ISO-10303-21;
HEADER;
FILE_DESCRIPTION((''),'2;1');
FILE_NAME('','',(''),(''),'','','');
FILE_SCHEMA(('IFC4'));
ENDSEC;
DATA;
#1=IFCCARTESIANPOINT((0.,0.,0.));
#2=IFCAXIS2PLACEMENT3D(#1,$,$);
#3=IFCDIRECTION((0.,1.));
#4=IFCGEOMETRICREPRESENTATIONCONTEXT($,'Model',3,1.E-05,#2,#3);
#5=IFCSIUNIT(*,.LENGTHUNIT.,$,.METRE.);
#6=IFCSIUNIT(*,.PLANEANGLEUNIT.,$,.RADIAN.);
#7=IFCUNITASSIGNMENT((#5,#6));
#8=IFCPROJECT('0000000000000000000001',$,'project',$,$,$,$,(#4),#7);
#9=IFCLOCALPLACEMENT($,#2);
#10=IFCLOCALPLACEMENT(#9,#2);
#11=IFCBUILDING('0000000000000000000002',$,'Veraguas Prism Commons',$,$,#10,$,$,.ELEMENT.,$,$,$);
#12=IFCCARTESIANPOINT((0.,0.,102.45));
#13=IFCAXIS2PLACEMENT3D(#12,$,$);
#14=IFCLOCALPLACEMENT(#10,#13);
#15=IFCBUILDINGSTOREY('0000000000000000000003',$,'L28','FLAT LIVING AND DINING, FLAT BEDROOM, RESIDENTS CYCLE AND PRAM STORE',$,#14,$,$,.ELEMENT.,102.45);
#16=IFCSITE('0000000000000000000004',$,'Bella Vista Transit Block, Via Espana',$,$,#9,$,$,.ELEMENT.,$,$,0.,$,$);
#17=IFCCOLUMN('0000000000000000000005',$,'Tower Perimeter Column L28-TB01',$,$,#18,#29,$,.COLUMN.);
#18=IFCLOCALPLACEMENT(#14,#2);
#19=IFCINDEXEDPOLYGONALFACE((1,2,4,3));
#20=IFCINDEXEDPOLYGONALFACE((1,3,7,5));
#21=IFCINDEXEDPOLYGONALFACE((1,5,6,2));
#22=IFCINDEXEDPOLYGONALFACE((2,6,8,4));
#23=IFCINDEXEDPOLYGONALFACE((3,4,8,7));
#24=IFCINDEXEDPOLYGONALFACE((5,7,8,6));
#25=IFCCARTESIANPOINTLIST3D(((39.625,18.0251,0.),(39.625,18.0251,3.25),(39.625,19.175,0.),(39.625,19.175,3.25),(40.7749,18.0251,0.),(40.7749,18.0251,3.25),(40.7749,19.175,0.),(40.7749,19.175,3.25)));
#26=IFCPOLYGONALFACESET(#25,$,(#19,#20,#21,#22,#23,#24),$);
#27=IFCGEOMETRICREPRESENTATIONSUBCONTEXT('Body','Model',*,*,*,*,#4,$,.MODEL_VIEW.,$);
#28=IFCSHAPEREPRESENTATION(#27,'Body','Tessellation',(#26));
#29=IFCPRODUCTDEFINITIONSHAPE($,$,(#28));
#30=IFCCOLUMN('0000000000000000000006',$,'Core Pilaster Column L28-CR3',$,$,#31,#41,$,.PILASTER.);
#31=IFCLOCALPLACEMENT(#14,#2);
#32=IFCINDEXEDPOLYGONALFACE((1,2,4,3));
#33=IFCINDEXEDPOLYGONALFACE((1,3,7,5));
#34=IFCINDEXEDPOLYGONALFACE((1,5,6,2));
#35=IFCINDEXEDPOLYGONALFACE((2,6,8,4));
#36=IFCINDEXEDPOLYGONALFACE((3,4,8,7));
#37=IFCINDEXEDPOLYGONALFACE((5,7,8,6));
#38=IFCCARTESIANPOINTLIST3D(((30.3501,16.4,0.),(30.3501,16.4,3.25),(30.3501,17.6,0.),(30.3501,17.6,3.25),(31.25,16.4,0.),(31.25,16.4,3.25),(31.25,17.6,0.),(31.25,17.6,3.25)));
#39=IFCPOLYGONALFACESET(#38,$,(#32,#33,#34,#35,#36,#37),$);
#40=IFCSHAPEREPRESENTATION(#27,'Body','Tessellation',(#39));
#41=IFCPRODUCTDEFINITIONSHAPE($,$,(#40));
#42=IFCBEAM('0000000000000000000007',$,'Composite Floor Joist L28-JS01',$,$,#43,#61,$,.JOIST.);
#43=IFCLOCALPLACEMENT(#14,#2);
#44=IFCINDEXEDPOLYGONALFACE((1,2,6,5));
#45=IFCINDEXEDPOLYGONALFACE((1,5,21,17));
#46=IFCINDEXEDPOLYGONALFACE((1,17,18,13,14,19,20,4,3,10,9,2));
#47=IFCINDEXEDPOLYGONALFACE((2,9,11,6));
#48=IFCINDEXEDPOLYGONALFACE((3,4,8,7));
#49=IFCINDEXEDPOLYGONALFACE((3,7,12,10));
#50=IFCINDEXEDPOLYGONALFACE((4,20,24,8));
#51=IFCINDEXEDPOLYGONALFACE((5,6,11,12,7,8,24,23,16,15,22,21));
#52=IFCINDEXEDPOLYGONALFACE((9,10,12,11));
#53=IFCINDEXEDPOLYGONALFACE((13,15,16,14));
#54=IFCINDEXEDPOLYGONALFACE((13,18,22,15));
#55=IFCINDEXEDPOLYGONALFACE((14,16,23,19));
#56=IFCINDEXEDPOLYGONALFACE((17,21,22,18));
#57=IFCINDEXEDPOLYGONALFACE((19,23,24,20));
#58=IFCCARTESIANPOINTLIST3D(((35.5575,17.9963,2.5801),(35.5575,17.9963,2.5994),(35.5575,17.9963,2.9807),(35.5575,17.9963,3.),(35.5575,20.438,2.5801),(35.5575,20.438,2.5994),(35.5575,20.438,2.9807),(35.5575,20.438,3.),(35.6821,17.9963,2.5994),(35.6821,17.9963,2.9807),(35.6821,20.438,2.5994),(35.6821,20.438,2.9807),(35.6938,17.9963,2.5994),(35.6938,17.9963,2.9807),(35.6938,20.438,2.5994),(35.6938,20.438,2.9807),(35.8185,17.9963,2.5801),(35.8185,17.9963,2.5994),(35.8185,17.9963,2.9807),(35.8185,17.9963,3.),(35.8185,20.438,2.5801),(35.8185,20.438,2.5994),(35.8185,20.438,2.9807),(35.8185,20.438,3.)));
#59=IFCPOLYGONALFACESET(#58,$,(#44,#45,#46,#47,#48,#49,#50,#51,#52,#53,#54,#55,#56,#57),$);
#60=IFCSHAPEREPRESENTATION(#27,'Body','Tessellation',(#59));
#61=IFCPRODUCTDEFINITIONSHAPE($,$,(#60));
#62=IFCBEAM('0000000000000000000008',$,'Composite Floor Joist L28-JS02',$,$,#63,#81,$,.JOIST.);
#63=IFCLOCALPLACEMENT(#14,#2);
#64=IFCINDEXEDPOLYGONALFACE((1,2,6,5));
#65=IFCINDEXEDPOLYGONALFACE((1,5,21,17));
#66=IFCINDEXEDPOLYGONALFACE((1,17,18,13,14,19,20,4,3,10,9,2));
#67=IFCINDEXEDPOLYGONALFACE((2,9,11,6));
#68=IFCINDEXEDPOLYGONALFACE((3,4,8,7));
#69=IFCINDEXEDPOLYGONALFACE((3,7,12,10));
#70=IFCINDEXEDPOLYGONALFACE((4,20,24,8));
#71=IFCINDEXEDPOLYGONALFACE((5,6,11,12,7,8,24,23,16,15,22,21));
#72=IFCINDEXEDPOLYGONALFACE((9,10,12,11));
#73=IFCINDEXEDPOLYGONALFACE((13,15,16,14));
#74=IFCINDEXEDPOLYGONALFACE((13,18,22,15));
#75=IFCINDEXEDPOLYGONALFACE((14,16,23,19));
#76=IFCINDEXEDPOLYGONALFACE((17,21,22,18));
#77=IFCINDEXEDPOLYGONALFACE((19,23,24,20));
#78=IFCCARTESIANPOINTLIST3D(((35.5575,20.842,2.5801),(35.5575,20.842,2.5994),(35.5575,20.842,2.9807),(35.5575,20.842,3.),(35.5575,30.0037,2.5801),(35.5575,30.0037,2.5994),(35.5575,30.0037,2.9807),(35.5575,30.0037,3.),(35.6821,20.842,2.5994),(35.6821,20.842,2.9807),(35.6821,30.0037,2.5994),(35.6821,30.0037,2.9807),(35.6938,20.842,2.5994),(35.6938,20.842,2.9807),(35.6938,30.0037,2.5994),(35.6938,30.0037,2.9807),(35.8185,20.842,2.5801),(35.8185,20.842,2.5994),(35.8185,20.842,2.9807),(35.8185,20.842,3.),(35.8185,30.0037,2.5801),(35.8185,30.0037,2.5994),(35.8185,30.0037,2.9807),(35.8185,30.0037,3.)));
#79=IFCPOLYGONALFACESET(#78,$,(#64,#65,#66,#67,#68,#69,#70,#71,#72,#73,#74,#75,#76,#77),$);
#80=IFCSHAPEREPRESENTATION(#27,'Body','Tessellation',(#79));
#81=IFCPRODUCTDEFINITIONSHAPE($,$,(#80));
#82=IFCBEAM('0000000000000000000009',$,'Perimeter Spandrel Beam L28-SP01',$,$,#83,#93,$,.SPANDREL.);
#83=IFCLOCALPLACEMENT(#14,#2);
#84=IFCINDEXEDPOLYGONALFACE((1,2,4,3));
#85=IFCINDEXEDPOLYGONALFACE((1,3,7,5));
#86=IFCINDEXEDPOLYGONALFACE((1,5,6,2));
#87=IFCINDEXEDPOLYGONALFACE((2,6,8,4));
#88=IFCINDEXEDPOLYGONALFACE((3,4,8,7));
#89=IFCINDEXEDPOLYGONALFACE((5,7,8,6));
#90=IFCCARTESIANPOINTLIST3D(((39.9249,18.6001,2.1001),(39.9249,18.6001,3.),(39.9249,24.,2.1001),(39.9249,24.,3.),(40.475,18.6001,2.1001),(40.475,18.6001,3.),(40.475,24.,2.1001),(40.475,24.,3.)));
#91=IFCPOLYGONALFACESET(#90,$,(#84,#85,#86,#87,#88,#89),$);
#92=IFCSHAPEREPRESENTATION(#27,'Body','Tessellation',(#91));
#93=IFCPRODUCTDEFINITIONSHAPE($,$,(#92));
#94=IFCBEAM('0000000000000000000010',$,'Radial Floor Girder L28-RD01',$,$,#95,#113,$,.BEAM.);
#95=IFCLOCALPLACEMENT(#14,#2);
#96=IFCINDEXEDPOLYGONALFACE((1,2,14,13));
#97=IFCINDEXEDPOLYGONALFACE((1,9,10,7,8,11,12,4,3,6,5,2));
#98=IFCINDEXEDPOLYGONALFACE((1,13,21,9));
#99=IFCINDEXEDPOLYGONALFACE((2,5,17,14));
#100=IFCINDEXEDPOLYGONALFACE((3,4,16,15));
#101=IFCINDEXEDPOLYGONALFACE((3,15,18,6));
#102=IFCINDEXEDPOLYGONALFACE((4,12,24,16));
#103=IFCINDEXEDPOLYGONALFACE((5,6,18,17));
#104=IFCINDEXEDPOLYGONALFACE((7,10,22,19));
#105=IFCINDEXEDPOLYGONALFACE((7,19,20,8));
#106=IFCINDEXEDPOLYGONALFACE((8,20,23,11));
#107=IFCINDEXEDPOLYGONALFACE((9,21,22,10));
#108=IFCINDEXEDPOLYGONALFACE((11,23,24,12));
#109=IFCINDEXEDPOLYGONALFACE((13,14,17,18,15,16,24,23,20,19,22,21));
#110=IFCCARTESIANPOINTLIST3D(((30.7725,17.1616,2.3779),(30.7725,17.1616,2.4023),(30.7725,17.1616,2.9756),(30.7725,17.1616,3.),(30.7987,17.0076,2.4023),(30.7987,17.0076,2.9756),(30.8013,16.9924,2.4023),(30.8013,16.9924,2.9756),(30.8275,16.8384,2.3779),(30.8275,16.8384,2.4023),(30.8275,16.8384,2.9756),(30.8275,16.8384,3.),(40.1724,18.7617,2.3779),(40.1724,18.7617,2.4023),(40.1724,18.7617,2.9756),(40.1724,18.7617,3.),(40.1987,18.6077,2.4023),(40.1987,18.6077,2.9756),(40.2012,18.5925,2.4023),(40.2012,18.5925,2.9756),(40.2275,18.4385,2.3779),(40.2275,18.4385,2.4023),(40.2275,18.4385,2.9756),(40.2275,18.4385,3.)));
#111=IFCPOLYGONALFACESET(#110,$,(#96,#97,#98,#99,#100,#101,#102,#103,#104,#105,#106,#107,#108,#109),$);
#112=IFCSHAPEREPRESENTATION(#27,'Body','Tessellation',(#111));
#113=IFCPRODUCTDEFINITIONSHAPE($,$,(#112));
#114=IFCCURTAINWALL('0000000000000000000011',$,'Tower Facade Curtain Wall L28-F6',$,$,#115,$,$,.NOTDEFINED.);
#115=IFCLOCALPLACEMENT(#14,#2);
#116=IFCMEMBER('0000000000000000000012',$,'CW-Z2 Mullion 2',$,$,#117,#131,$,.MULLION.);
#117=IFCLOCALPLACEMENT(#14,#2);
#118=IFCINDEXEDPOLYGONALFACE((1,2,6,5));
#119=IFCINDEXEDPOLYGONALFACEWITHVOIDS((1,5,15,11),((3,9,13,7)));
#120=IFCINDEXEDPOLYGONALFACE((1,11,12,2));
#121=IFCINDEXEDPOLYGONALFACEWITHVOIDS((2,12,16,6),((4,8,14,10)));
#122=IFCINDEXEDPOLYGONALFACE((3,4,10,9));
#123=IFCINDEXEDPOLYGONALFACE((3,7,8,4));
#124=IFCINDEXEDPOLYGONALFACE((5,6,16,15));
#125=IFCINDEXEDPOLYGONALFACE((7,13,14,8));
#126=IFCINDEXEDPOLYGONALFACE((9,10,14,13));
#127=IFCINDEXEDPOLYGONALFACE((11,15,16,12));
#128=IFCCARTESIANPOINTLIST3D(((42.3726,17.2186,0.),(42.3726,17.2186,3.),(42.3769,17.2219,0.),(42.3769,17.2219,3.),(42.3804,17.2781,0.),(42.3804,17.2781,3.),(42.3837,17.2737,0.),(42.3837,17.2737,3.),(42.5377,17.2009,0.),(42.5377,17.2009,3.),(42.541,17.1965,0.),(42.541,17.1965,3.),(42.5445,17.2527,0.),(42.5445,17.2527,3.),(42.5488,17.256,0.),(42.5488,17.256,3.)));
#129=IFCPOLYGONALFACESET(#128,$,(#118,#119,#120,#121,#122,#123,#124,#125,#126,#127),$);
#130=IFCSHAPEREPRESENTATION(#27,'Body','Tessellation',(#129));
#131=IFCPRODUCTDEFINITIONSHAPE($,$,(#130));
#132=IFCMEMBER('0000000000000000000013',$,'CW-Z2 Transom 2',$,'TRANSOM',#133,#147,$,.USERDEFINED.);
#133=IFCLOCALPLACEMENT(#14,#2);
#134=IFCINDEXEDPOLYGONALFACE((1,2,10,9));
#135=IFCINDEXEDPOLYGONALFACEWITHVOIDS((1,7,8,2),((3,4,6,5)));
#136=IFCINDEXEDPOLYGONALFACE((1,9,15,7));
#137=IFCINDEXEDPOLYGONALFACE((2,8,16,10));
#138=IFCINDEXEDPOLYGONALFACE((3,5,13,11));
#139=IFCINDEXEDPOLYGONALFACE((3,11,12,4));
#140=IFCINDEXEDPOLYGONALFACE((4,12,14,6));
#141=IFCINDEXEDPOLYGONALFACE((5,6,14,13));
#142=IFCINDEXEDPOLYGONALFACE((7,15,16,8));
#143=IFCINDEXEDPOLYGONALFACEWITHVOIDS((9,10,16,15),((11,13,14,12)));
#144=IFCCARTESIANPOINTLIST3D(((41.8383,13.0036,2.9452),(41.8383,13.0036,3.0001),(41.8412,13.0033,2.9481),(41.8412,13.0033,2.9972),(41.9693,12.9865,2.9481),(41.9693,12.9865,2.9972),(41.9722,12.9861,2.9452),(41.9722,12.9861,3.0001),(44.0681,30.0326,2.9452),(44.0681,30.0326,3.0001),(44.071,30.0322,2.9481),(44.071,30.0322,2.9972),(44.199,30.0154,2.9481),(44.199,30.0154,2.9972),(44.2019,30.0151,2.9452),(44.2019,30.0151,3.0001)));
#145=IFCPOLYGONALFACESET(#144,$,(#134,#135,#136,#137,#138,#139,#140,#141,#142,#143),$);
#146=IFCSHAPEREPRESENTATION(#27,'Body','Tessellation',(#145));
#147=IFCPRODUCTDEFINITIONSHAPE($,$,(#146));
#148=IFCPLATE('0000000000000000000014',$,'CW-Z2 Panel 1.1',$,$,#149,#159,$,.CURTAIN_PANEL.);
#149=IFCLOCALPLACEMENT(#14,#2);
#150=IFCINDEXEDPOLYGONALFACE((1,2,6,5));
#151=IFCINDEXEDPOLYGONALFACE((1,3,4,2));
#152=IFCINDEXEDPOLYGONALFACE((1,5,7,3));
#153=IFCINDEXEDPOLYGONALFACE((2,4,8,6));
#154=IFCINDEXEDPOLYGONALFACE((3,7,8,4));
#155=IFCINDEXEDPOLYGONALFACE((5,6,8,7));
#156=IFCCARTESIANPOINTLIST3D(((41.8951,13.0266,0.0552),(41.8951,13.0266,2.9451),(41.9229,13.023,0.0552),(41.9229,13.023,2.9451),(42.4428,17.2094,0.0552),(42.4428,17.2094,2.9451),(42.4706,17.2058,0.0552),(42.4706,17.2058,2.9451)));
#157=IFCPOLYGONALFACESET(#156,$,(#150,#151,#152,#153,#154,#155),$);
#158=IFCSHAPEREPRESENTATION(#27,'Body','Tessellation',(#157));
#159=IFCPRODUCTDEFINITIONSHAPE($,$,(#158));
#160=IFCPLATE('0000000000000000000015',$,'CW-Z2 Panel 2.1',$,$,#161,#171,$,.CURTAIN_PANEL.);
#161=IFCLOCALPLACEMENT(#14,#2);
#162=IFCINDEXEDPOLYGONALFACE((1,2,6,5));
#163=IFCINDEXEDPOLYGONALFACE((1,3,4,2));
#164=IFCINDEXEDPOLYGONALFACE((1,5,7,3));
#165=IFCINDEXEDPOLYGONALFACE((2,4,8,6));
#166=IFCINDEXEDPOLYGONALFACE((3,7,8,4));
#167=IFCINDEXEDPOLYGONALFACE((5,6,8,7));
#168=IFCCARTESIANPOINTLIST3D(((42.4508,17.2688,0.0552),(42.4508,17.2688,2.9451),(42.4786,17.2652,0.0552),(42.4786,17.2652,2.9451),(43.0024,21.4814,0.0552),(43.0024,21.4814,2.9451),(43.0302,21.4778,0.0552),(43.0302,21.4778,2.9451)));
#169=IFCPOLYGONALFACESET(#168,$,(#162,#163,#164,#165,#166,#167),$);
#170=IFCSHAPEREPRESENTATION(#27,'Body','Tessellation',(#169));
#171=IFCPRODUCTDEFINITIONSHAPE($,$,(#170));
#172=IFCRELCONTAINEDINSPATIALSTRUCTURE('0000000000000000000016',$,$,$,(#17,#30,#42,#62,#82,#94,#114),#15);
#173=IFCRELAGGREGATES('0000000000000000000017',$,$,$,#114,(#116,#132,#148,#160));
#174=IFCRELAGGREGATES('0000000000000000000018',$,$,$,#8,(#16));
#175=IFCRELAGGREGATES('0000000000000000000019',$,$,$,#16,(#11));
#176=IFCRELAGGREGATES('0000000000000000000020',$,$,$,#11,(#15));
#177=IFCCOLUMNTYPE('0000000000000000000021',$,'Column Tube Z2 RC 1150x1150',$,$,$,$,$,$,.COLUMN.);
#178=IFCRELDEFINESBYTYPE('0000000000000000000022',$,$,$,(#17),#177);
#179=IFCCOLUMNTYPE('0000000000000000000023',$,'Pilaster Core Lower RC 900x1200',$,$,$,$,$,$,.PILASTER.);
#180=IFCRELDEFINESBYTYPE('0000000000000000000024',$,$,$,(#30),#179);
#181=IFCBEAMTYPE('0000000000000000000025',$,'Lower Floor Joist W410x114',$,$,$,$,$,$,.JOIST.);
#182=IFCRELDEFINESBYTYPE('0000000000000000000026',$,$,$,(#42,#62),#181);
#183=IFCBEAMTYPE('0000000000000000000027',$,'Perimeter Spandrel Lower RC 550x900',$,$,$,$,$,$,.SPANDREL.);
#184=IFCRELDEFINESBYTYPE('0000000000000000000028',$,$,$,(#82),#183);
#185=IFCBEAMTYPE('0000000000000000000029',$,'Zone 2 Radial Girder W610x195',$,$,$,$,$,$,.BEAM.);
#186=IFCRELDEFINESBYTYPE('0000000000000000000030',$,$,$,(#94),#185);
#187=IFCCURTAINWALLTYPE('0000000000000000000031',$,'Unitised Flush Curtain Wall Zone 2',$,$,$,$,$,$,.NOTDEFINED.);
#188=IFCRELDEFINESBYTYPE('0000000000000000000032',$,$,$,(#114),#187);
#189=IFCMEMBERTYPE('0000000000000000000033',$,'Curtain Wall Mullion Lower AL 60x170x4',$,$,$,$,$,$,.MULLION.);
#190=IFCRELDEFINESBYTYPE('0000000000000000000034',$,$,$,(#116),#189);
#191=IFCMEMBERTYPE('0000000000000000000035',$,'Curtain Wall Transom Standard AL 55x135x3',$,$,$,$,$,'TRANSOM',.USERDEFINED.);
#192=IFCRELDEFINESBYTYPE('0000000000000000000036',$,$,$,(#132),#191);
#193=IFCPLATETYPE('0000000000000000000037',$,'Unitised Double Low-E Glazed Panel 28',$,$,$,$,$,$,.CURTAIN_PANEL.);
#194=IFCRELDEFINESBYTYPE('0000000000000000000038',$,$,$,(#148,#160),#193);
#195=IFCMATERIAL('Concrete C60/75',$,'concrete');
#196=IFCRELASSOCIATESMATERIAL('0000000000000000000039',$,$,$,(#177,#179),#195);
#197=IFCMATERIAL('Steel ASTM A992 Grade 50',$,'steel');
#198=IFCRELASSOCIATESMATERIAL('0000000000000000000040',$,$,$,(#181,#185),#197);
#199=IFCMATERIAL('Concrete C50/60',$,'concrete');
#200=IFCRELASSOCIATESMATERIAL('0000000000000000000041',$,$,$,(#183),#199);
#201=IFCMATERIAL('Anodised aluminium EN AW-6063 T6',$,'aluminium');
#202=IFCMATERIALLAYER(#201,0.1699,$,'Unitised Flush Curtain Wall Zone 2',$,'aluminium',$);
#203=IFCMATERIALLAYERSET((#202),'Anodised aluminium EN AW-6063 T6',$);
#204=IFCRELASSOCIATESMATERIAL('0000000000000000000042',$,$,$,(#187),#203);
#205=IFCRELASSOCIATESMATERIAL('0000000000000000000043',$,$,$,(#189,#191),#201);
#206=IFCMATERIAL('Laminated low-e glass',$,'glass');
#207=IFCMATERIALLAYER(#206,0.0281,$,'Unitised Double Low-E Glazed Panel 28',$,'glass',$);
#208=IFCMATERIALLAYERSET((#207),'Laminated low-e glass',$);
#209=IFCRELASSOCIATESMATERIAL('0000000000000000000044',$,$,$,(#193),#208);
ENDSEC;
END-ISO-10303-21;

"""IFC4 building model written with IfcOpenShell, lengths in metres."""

from ifc_helpers import new_model, si_unit, direction, frame, origin, origin_2d, place, context, subcontext, project, spatial, rectangle, hollow_rectangle, i_section, extrude, source, transform, mapped, material, layer, layer_set, material_profile, profile_set, type_object, element, aggregate, save


model = new_model("IFC4")

# Units and contexts
model_context = context("Model", 3, precision=1e-05, world=origin(), true_north=direction((0.0, 1.0)))
body_context = subcontext(model_context, "Body", "Model", "MODEL_VIEW")
ifc_project = project(units=[si_unit("LENGTHUNIT", "METRE"), si_unit("PLANEANGLEUNIT", "RADIAN")], contexts=[model_context])

# Site, building, storey
site_placement = place(None, origin())
site = spatial("IfcSite", under=ifc_project, at=site_placement, Name="Bella Vista Transit Block, Via Espana", CompositionType="ELEMENT", RefElevation=0.0)
building_placement = place(site_placement, origin())
building = spatial("IfcBuilding", under=site, at=building_placement, Name="Veraguas Prism Commons", CompositionType="ELEMENT")
storey_placement = place(building_placement, frame((0.0, 0.0, 102.45)))
storey = spatial("IfcBuildingStorey", under=building, at=storey_placement, Name="L28", Description="FLAT LIVING AND DINING, FLAT BEDROOM, RESIDENTS CYCLE AND PRAM STORE", CompositionType="ELEMENT", Elevation=102.45)

# Columns
ifc_material_1 = material(Name="Concrete C60/75", Category="concrete")
ifc_material_profile_1 = material_profile(ifc_material_1, rectangle(XDim=1.1499, YDim=1.1499, at=origin_2d()), Name="RC1150X1150")
ifc_profile_set_1 = profile_set([ifc_material_profile_1], Name="Concrete C60/75")
column_type_1 = type_object("IfcColumnType", Name="Column Tube Z2 RC 1150x1150", PredefinedType="COLUMN", material=ifc_profile_set_1)
column_1_placement = place(storey_placement, frame((40.2, 18.6001, 0.0), z_axis=(0.0, 0.0, 1.0), x_axis=(1.0, 0.0, 0.0)))
element("IfcColumn", 1, at=column_1_placement, inside=storey, type_object=column_type_1, Name="Tower Perimeter Column L28-TB01", PredefinedType="COLUMN", context=body_context, shape_type="SweptSolid", body=[
    extrude(rectangle(XDim=1.1499, YDim=1.1499, at=origin_2d()), origin(), (0.0, 0.0, 1.0), 3.25),
])
ifc_material_profile_2 = material_profile(ifc_material_1, rectangle(XDim=0.8999, YDim=1.2, at=origin_2d()), Name="RC900X1200")
ifc_profile_set_2 = profile_set([ifc_material_profile_2], Name="Concrete C60/75")
column_type_2 = type_object("IfcColumnType", Name="Pilaster Core Lower RC 900x1200", PredefinedType="PILASTER", material=ifc_profile_set_2)
column_2_placement = place(storey_placement, frame((30.8, 17.0, 0.0), z_axis=(0.0, 0.0, 1.0), x_axis=(1.0, 0.0, 0.0)))
element("IfcColumn", 2, at=column_2_placement, inside=storey, type_object=column_type_2, Name="Core Pilaster Column L28-CR3", PredefinedType="PILASTER", context=body_context, shape_type="SweptSolid", body=[
    extrude(rectangle(XDim=0.8999, YDim=1.2, at=origin_2d()), origin(), (0.0, 0.0, 1.0), 3.25),
])

# Beams
ifc_material_2 = material(Name="Steel ASTM A992 Grade 50", Category="steel")
ifc_material_profile_3 = material_profile(ifc_material_2, i_section(OverallWidth=0.261, OverallDepth=0.4199, WebThickness=0.0117, FlangeThickness=0.0193, at=origin_2d()), Name="W410X114")
ifc_profile_set_3 = profile_set([ifc_material_profile_3], Name="Steel ASTM A992 Grade 50")
beam_type_1 = type_object("IfcBeamType", Name="Lower Floor Joist W410x114", PredefinedType="JOIST", material=ifc_profile_set_3)
beam_1_placement = place(storey_placement, frame((35.688, 17.9963, 2.79), z_axis=(0.0, 1.0, 0.0), x_axis=(-1.0, 0.0, 0.0)))
element("IfcBeam", 3, at=beam_1_placement, inside=storey, type_object=beam_type_1, Name="Composite Floor Joist L28-JS01", PredefinedType="JOIST", context=body_context, shape_type="SweptSolid", body=[
    extrude(i_section(OverallWidth=0.261, OverallDepth=0.4199, WebThickness=0.0117, FlangeThickness=0.0193, at=origin_2d()), origin(), (0.0, 0.0, 1.0), 2.4417),
])
beam_2_placement = place(storey_placement, frame((35.688, 20.842, 2.79), z_axis=(0.0, 1.0, 0.0), x_axis=(-1.0, 0.0, 0.0)))
element("IfcBeam", 4, at=beam_2_placement, inside=storey, type_object=beam_type_1, Name="Composite Floor Joist L28-JS02", PredefinedType="JOIST", context=body_context, shape_type="SweptSolid", body=[
    extrude(i_section(OverallWidth=0.261, OverallDepth=0.4199, WebThickness=0.0117, FlangeThickness=0.0193, at=origin_2d()), origin(), (0.0, 0.0, 1.0), 9.1616),
])
ifc_material_3 = material(Name="Concrete C50/60", Category="concrete")
ifc_material_profile_4 = material_profile(ifc_material_3, rectangle(XDim=0.55, YDim=0.8999, at=origin_2d()), Name="RC550X900")
ifc_profile_set_4 = profile_set([ifc_material_profile_4], Name="Concrete C50/60")
beam_type_2 = type_object("IfcBeamType", Name="Perimeter Spandrel Lower RC 550x900", PredefinedType="SPANDREL", material=ifc_profile_set_4)
beam_3_placement = place(storey_placement, frame((40.2, 18.6001, 2.55), z_axis=(0.0, 1.0, 0.0), x_axis=(-1.0, 0.0, 0.0)))
element("IfcBeam", 5, at=beam_3_placement, inside=storey, type_object=beam_type_2, Name="Perimeter Spandrel Beam L28-SP01", PredefinedType="SPANDREL", context=body_context, shape_type="SweptSolid", body=[
    extrude(rectangle(XDim=0.55, YDim=0.8999, at=origin_2d()), origin(), (0.0, 0.0, 1.0), 5.3999),
])
ifc_material_profile_5 = material_profile(ifc_material_2, i_section(OverallWidth=0.3279, OverallDepth=0.6221, WebThickness=0.0154, FlangeThickness=0.0244, at=origin_2d()), Name="W610X195")
ifc_profile_set_5 = profile_set([ifc_material_profile_5], Name="Steel ASTM A992 Grade 50")
beam_type_3 = type_object("IfcBeamType", Name="Zone 2 Radial Girder W610x195", PredefinedType="BEAM", material=ifc_profile_set_5)
beam_4_placement = place(storey_placement, frame((40.2, 18.6001, 2.689), z_axis=(-0.985819, -0.167811, 0.0), x_axis=(0.167811, -0.985819, 0.0)))
element("IfcBeam", 6, at=beam_4_placement, inside=storey, type_object=beam_type_3, Name="Radial Floor Girder L28-RD01", PredefinedType="BEAM", context=body_context, shape_type="SweptSolid", body=[
    extrude(i_section(OverallWidth=0.3279, OverallDepth=0.6221, WebThickness=0.0154, FlangeThickness=0.0244, at=origin_2d()), origin(), (0.0, 0.0, 1.0), 9.5352),
])

# Curtain wall, members, plates
ifc_material_4 = material(Name="Anodised aluminium EN AW-6063 T6", Category="aluminium")
ifc_layer_1 = layer(ifc_material_4, 0.1699, Name="Unitised Flush Curtain Wall Zone 2", Category="aluminium")
ifc_layer_set_1 = layer_set([ifc_layer_1], Name="Anodised aluminium EN AW-6063 T6")
curtain_wall_type = type_object("IfcCurtainWallType", Name="Unitised Flush Curtain Wall Zone 2", PredefinedType="NOTDEFINED", material=ifc_layer_set_1)
curtain_wall_placement = place(storey_placement, origin())
curtain_wall = element("IfcCurtainWall", 7, at=curtain_wall_placement, inside=storey, type_object=curtain_wall_type, Name="Tower Facade Curtain Wall L28-F6", PredefinedType="NOTDEFINED")
ifc_material_profile_6 = material_profile(ifc_material_4, hollow_rectangle(XDim=0.0601, YDim=0.1699, WallThickness=0.0039, at=origin_2d()), Name="AL60X170X4")
ifc_profile_set_6 = profile_set([ifc_material_profile_6], Name="Anodised aluminium EN AW-6063 T6")
member_type_1 = type_object("IfcMemberType", Name="Curtain Wall Mullion Lower AL 60x170x4", PredefinedType="MULLION", material=ifc_profile_set_6)
shared_shape_1 = source(origin(), body_context, "Body", "SweptSolid", [
    extrude(hollow_rectangle(XDim=0.0601, YDim=0.1699, WallThickness=0.0039, at=origin_2d()), origin(), (0.0, 0.0, 1.0), 3.0),
])
member_1_placement = place(storey_placement, frame((42.4607, 17.2373, 0.0), z_axis=(0.0, 0.0, 1.0), x_axis=(0.129834, 0.991536, 0.0)))
member_1 = element("IfcMember", 8, at=member_1_placement, type_object=member_type_1, Name="CW-Z2 Mullion 2", PredefinedType="MULLION", context=body_context, shape_type="MappedRepresentation", body=[
    mapped(shared_shape_1, transform((0.0, 0.0, 0.0), scale=1.0)),
])
ifc_material_profile_7 = material_profile(ifc_material_4, hollow_rectangle(XDim=0.0549, YDim=0.135, WallThickness=0.0029, at=origin_2d()), Name="AL55X135X3")
ifc_profile_set_7 = profile_set([ifc_material_profile_7], Name="Anodised aluminium EN AW-6063 T6")
member_type_2 = type_object("IfcMemberType", Name="Curtain Wall Transom Standard AL 55x135x3", ElementType="TRANSOM", PredefinedType="USERDEFINED", material=ifc_profile_set_7)
shared_shape_2 = source(origin(), body_context, "Body", "SweptSolid", [
    extrude(hollow_rectangle(XDim=0.0549, YDim=0.135, WallThickness=0.0029, at=origin_2d()), origin(), (0.0, 0.0, 1.0), 17.1743),
])
member_2_placement = place(storey_placement, frame((41.9053, 12.9949, 2.9727), z_axis=(0.129829, 0.991536, 0.0), x_axis=(0.0, 0.0, 1.0)))
member_2 = element("IfcMember", 9, at=member_2_placement, type_object=member_type_2, Name="CW-Z2 Transom 2", ObjectType="TRANSOM", PredefinedType="USERDEFINED", context=body_context, shape_type="MappedRepresentation", body=[
    mapped(shared_shape_2, transform((0.0, 0.0, 0.0), scale=1.0)),
])
ifc_material_5 = material(Name="Laminated low-e glass", Category="glass")
ifc_layer_2 = layer(ifc_material_5, 0.0281, Name="Unitised Double Low-E Glazed Panel 28", Category="glass")
ifc_layer_set_2 = layer_set([ifc_layer_2], Name="Laminated low-e glass")
plate_type = type_object("IfcPlateType", Name="Unitised Double Low-E Glazed Panel 28", PredefinedType="CURTAIN_PANEL", material=ifc_layer_set_2)
shared_shape_3 = source(origin(), body_context, "Body", "SweptSolid", [
    extrude(rectangle(XDim=4.2185, YDim=0.0281, at=origin_2d()), origin(), (0.0, 0.0, 1.0), 2.8899),
])
plate_1_placement = place(storey_placement, frame((42.1829, 15.1162, 0.0552), z_axis=(0.0, 0.0, 1.0), x_axis=(0.129834, 0.991536, 0.0)))
plate_1 = element("IfcPlate", 10, at=plate_1_placement, type_object=plate_type, Name="CW-Z2 Panel 1.1", PredefinedType="CURTAIN_PANEL", context=body_context, shape_type="MappedRepresentation", body=[
    mapped(shared_shape_3, transform((0.0, 0.0, 0.0), scale=1.0)),
])
shared_shape_4 = source(origin(), body_context, "Body", "SweptSolid", [
    extrude(rectangle(XDim=4.2485, YDim=0.0281, at=origin_2d()), origin(), (0.0, 0.0, 1.0), 2.8899),
])
plate_2_placement = place(storey_placement, frame((42.7405, 19.3733, 0.0552), z_axis=(0.0, 0.0, 1.0), x_axis=(0.129834, 0.991536, 0.0)))
plate_2 = element("IfcPlate", 11, at=plate_2_placement, type_object=plate_type, Name="CW-Z2 Panel 2.1", PredefinedType="CURTAIN_PANEL", context=body_context, shape_type="MappedRepresentation", body=[
    mapped(shared_shape_4, transform((0.0, 0.0, 0.0), scale=1.0)),
])
aggregate(curtain_wall, [member_1, member_2, plate_1, plate_2])

save(model, "model.ifc")
